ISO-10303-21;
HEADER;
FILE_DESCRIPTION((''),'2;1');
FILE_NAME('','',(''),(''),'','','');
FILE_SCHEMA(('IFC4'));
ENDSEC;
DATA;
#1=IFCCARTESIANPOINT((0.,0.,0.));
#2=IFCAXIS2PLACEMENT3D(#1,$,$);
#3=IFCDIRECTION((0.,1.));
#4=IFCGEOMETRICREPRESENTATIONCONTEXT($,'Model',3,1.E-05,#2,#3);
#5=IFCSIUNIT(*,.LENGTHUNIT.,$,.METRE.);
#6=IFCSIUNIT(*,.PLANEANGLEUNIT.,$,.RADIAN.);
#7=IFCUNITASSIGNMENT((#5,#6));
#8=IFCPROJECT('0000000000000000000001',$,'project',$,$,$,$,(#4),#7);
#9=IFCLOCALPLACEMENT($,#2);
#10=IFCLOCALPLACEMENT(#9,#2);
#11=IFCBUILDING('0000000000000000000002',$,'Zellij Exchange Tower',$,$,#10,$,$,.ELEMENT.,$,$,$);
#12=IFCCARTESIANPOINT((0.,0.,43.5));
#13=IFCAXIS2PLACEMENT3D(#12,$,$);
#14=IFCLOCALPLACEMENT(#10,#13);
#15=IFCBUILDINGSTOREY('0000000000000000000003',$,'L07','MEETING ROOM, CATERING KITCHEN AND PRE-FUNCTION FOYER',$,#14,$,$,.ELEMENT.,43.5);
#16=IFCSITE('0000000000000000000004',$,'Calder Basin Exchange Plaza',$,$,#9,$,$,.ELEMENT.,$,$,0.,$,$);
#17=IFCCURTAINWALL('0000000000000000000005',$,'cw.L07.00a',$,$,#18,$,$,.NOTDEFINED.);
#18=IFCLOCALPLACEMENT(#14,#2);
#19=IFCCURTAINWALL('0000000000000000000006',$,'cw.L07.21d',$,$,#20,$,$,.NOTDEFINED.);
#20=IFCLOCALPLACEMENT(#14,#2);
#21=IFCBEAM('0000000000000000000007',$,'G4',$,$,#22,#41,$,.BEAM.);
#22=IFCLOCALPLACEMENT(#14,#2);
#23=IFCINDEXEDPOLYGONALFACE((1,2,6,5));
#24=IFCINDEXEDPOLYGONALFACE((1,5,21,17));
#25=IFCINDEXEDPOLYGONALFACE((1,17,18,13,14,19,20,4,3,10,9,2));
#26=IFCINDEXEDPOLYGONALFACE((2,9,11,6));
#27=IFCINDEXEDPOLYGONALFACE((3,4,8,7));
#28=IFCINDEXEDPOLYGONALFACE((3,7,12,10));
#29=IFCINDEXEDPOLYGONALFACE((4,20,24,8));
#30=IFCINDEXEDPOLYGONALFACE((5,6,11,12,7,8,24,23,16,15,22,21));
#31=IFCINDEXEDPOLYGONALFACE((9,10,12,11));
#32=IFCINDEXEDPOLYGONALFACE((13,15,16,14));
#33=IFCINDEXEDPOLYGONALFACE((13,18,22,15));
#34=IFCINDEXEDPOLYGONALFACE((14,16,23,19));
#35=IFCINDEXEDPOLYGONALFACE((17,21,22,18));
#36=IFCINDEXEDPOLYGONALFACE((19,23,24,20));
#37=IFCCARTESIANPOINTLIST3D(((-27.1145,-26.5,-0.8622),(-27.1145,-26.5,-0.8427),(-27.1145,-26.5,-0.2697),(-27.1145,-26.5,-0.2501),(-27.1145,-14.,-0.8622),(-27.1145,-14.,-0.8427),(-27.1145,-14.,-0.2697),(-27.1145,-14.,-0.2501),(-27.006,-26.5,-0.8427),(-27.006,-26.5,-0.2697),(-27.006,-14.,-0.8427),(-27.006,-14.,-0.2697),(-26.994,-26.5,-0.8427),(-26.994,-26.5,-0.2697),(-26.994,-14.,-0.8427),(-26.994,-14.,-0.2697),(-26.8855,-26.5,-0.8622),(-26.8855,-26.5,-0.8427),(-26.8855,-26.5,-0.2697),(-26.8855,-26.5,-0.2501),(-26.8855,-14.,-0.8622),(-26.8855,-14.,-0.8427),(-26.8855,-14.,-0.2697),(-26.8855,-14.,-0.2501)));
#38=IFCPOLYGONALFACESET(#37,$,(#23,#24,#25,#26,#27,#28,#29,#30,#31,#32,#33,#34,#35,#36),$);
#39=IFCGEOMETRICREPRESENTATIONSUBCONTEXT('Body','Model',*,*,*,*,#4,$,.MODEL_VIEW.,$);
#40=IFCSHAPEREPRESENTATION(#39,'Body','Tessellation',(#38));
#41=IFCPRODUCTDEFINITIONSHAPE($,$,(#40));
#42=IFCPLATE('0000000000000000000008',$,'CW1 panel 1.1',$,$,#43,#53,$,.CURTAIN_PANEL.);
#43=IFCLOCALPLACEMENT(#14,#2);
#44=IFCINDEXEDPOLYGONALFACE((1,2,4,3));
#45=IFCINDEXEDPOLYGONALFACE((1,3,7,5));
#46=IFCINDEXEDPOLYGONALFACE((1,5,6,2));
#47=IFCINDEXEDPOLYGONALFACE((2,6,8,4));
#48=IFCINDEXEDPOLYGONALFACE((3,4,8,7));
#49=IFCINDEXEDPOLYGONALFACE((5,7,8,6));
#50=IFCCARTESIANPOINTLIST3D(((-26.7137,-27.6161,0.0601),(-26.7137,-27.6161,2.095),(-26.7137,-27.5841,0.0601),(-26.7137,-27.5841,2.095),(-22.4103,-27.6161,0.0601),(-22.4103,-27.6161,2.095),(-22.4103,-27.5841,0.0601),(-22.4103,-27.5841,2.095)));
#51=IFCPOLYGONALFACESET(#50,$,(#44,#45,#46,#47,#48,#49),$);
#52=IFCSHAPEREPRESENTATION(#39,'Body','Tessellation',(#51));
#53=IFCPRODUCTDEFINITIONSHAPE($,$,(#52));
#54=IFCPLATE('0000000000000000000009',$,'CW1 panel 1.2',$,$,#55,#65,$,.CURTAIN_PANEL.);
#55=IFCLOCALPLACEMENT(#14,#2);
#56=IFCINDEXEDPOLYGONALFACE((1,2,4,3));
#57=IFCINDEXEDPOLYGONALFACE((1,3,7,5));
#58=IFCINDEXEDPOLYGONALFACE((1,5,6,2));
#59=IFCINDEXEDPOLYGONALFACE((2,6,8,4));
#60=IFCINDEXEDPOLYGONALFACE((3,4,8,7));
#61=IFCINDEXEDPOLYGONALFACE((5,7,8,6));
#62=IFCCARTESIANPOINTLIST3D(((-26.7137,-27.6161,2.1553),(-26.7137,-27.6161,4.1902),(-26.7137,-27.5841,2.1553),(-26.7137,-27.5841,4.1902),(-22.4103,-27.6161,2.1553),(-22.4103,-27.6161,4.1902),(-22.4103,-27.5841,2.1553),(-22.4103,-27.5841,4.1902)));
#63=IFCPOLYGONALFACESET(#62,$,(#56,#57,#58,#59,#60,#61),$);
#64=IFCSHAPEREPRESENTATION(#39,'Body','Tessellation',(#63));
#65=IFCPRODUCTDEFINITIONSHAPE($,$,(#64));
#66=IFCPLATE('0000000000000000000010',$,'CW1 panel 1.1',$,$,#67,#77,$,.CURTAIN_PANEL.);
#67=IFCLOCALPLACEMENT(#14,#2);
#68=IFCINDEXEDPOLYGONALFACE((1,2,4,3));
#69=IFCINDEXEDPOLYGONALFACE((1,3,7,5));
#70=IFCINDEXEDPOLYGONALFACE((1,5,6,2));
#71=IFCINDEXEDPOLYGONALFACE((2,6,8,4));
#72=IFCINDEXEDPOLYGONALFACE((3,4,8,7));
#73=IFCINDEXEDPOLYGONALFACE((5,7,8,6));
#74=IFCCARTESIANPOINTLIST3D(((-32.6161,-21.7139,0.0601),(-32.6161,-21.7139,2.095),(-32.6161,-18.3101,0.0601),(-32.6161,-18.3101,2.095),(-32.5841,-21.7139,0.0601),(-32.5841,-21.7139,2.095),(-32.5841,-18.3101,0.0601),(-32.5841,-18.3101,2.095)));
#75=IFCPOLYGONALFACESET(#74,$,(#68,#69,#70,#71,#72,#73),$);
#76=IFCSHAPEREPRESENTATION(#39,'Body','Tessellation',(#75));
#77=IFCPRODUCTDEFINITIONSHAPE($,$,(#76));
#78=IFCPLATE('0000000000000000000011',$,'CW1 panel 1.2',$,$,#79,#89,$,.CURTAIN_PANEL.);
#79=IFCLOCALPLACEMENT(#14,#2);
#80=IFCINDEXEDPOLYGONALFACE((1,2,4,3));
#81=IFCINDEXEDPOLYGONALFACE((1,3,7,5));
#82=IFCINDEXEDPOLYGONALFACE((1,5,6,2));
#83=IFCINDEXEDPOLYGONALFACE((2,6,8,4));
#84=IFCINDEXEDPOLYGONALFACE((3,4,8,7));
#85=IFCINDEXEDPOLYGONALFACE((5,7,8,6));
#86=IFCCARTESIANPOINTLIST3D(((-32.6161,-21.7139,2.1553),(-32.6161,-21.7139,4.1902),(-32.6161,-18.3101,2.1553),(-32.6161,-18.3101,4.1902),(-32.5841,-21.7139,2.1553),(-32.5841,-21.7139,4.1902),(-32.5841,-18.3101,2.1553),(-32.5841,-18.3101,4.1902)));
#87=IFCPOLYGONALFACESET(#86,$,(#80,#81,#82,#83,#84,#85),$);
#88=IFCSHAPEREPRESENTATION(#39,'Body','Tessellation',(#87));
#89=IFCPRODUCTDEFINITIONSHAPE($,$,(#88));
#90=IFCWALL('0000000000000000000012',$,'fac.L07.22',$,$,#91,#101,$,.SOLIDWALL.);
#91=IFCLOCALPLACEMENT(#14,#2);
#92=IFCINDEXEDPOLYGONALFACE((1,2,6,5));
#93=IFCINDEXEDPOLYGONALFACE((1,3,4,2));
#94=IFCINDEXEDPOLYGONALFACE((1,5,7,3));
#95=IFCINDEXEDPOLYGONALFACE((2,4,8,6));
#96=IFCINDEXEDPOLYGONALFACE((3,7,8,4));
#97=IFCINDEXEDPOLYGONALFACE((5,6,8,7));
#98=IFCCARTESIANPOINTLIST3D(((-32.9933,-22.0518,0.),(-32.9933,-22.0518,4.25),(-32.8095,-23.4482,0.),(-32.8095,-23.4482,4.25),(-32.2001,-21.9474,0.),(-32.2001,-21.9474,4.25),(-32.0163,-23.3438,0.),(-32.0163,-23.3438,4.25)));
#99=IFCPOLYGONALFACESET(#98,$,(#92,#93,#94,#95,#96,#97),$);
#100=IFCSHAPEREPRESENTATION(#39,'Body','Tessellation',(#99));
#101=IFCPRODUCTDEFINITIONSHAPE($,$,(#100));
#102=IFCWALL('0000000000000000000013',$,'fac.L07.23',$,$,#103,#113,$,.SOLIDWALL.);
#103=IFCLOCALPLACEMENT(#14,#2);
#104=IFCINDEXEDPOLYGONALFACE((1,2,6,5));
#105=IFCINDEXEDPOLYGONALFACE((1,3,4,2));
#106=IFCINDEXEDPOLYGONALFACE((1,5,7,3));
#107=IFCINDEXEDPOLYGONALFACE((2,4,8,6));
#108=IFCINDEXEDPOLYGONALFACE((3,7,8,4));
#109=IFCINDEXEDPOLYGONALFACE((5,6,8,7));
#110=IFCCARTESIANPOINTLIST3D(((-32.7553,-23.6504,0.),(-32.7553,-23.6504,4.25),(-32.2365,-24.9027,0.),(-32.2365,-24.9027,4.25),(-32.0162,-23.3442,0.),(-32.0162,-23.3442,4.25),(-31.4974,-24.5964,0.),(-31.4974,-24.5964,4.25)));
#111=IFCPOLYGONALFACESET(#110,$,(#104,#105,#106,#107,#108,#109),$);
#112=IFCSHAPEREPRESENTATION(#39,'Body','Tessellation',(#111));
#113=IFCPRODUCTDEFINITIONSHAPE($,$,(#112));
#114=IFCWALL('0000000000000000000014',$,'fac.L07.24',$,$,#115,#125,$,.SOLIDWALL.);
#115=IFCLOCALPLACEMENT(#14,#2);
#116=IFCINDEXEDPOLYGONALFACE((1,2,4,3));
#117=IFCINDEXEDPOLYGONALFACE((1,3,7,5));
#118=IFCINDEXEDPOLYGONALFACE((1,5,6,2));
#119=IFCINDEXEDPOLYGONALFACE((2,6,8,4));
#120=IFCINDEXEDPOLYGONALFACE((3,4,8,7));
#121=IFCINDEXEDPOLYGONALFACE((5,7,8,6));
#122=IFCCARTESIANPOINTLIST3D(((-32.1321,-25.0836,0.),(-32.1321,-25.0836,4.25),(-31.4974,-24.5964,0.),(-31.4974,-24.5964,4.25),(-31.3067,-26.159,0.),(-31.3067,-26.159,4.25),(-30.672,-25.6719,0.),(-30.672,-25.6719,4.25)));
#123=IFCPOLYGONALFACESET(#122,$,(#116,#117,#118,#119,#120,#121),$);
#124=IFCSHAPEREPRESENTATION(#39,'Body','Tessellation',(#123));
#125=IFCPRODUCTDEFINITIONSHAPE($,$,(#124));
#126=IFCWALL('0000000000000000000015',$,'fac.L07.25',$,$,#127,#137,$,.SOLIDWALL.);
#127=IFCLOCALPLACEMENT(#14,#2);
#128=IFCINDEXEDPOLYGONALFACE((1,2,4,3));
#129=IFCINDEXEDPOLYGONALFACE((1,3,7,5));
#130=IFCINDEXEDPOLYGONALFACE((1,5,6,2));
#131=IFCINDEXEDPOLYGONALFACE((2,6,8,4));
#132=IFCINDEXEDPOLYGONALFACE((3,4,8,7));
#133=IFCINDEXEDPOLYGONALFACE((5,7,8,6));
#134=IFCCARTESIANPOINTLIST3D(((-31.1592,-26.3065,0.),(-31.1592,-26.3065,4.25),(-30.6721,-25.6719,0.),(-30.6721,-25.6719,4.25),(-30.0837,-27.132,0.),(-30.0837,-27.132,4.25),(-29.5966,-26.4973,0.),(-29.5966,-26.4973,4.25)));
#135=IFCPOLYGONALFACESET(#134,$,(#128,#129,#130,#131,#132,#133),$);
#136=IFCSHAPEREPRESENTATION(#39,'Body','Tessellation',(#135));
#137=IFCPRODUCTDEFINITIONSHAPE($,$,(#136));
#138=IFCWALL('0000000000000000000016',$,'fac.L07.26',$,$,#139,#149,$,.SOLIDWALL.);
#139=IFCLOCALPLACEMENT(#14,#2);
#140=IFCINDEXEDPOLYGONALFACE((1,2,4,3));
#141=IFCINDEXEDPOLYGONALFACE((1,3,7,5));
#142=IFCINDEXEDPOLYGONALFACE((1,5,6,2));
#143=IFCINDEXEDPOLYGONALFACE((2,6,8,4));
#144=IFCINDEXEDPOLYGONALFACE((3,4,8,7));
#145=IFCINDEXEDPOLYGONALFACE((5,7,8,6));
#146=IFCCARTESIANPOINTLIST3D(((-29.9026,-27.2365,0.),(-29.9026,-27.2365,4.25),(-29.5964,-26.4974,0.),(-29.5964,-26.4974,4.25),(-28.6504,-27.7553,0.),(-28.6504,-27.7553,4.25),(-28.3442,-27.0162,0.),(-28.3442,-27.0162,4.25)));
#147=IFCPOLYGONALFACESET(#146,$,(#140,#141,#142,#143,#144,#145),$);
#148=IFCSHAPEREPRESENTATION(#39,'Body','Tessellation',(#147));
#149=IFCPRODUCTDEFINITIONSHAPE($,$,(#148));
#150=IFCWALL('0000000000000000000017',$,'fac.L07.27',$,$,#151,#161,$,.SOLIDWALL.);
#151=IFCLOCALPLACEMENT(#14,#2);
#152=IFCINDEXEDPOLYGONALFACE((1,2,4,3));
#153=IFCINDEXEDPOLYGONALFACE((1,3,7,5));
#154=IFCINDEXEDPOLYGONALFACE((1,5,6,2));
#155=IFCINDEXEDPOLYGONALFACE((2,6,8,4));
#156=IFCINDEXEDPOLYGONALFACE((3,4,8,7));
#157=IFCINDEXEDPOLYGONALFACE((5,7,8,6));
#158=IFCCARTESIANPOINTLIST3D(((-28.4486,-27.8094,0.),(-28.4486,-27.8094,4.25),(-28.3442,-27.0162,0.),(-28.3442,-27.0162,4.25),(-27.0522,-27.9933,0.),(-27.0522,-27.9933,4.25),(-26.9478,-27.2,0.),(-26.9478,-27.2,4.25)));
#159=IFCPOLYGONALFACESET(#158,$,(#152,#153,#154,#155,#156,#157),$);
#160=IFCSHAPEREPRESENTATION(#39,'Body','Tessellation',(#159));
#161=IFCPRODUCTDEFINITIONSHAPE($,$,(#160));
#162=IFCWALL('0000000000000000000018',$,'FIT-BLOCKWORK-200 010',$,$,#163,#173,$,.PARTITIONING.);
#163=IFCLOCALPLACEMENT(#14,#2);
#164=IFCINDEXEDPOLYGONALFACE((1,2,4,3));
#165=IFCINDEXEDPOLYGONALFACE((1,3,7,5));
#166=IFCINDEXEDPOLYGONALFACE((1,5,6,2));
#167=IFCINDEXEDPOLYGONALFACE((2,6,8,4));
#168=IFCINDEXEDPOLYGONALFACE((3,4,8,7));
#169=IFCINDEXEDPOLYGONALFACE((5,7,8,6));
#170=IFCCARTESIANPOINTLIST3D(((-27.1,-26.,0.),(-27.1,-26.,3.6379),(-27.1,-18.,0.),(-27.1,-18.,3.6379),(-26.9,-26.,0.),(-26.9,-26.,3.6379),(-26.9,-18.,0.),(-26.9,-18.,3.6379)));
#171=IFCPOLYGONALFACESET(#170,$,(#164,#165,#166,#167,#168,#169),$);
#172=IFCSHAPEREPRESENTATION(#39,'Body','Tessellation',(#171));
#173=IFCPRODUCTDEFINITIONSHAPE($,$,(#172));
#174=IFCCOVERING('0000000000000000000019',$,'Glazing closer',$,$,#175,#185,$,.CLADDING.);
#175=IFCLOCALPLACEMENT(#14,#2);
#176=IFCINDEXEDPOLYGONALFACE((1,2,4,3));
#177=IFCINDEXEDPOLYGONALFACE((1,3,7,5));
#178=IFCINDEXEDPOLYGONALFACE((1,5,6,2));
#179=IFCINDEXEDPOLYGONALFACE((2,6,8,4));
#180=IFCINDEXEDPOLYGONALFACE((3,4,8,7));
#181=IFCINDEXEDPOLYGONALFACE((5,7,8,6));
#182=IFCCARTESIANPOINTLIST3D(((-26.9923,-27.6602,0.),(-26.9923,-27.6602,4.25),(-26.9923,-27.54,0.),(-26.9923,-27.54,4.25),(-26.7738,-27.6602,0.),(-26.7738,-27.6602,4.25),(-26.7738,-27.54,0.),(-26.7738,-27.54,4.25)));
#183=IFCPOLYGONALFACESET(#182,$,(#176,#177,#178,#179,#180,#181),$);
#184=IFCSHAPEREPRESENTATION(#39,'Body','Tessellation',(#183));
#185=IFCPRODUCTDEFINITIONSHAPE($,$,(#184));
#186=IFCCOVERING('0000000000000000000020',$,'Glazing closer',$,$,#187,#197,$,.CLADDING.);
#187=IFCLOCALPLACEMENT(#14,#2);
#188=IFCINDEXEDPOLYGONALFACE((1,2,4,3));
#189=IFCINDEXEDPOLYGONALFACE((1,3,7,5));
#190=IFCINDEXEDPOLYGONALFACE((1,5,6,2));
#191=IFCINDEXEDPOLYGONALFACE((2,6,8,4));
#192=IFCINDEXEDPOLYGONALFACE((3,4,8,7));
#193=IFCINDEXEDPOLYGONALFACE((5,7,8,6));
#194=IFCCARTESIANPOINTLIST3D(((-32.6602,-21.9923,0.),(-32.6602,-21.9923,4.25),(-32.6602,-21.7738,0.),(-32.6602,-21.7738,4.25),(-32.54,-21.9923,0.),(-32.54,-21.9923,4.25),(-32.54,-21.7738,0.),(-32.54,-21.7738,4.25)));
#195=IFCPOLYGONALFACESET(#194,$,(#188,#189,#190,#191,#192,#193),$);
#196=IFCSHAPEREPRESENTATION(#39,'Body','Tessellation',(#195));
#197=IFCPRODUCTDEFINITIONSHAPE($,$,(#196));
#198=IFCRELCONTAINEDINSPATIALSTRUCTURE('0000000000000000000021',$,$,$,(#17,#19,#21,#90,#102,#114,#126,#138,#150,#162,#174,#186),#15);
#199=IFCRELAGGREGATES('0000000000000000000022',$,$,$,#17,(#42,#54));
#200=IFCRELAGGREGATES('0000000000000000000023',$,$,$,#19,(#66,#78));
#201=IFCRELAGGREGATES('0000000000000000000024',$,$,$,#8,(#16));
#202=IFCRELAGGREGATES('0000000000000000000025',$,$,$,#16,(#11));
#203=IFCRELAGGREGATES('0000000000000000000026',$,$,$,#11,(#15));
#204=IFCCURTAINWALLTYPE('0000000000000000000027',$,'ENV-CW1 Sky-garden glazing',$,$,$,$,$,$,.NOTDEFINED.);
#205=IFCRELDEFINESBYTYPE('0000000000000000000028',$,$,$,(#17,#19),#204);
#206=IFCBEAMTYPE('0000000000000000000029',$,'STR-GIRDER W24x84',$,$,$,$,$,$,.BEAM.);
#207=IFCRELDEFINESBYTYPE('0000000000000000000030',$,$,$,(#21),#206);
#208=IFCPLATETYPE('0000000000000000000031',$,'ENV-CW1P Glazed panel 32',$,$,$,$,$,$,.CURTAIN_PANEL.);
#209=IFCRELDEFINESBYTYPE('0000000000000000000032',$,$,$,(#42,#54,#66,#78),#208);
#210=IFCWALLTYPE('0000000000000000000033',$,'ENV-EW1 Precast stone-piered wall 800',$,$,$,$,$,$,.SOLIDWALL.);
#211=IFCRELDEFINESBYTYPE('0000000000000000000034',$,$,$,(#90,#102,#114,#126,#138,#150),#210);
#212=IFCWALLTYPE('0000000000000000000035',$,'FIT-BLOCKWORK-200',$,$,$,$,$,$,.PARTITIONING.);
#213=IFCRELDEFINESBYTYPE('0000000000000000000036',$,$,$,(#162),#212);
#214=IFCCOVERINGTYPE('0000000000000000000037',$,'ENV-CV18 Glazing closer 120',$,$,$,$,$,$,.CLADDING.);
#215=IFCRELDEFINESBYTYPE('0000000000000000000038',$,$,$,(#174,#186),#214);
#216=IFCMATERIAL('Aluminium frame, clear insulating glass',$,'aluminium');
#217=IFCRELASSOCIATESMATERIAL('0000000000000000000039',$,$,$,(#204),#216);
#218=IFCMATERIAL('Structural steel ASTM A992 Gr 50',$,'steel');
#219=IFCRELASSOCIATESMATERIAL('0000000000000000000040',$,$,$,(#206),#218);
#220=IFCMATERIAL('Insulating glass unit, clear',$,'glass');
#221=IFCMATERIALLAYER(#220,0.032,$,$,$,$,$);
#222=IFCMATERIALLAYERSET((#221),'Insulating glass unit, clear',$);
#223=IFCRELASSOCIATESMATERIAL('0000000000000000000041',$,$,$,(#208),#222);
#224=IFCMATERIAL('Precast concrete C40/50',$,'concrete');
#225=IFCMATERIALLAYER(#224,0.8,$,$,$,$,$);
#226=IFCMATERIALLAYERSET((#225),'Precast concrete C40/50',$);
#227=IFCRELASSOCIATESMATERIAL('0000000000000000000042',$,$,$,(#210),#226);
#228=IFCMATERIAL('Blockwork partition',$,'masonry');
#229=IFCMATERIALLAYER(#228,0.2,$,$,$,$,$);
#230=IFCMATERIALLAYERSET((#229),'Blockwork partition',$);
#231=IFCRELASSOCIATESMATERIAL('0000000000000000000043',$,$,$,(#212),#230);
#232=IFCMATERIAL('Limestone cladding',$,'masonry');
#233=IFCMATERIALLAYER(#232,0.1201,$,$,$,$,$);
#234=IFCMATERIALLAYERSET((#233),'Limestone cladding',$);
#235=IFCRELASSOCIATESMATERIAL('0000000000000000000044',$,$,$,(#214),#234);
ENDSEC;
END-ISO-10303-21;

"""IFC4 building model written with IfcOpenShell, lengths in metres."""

from ifc_helpers import new_model, si_unit, direction, frame, frame_2d, origin, origin_2d, place, context, subcontext, project, spatial, rectangle, i_section, extrude, material, layer, layer_set, material_profile, profile_set, type_object, element, aggregate, save


model = new_model("IFC4")

# Units and contexts
model_context = context("Model", 3, precision=1e-05, world=origin(), true_north=direction((0.0, 1.0)))
body_context = subcontext(model_context, "Body", "Model", "MODEL_VIEW")
ifc_project = project(units=[si_unit("LENGTHUNIT", "METRE"), si_unit("PLANEANGLEUNIT", "RADIAN")], contexts=[model_context])

# Site, building, storey
site_placement = place(None, origin())
site = spatial("IfcSite", under=ifc_project, at=site_placement, Name="Calder Basin Exchange Plaza", CompositionType="ELEMENT", RefElevation=0.0)
building_placement = place(site_placement, origin())
building = spatial("IfcBuilding", under=site, at=building_placement, Name="Zellij Exchange Tower", CompositionType="ELEMENT")
storey_placement = place(building_placement, frame((0.0, 0.0, 43.5)))
storey = spatial("IfcBuildingStorey", under=building, at=storey_placement, Name="L07", Description="MEETING ROOM, CATERING KITCHEN AND PRE-FUNCTION FOYER", CompositionType="ELEMENT", Elevation=43.5)

# Curtain wall
ifc_material_1 = material(Name="Aluminium frame, clear insulating glass", Category="aluminium")
curtain_wall_type = type_object("IfcCurtainWallType", Name="ENV-CW1 Sky-garden glazing", PredefinedType="NOTDEFINED", material=ifc_material_1)
curtain_wall_1_placement = place(storey_placement, origin())
curtain_wall_1 = element("IfcCurtainWall", 1, at=curtain_wall_1_placement, inside=storey, type_object=curtain_wall_type, Name="cw.L07.00a", PredefinedType="NOTDEFINED")

# Curtain wall
curtain_wall_2_placement = place(storey_placement, origin())
curtain_wall_2 = element("IfcCurtainWall", 2, at=curtain_wall_2_placement, inside=storey, type_object=curtain_wall_type, Name="cw.L07.21d", PredefinedType="NOTDEFINED")

# Beam
ifc_material_2 = material(Name="Structural steel ASTM A992 Gr 50", Category="steel")
ifc_material_profile_1 = material_profile(ifc_material_2, i_section(OverallWidth=0.229, OverallDepth=0.6121, WebThickness=0.012, FlangeThickness=0.0195, at=origin_2d()), Name="W24x84")
ifc_profile_set_1 = profile_set([ifc_material_profile_1], Name="Structural steel ASTM A992 Gr 50")
beam_type_1 = type_object("IfcBeamType", Name="STR-GIRDER W24x84", PredefinedType="BEAM", material=ifc_profile_set_1)
beam_1_placement = place(storey_placement, frame((-27.0, -26.5, -0.5562), z_axis=(0.0, 1.0, 0.0), x_axis=(-1.0, 0.0, 0.0)))
element("IfcBeam", 3, at=beam_1_placement, inside=storey, type_object=beam_type_1, Name="G4", PredefinedType="BEAM", context=body_context, shape_type="SweptSolid", body=[
    extrude(i_section(OverallWidth=0.229, OverallDepth=0.6121, WebThickness=0.012, FlangeThickness=0.0195, at=origin_2d()), origin(), (0.0, 0.0, 1.0), 12.5),
])

# Plates
ifc_material_3 = material(Name="Insulating glass unit, clear", Category="glass")
ifc_layer_1 = layer(ifc_material_3, 0.032)
ifc_layer_set_1 = layer_set([ifc_layer_1], Name="Insulating glass unit, clear")
plate_type = type_object("IfcPlateType", Name="ENV-CW1P Glazed panel 32", PredefinedType="CURTAIN_PANEL", material=ifc_layer_set_1)
plate_1_placement = place(storey_placement, frame((-24.562, -27.6001, 0.0601), z_axis=(0.0, 0.0, 1.0), x_axis=(1.0, 0.0, 0.0)))
plate_1 = element("IfcPlate", 4, at=plate_1_placement, type_object=plate_type, Name="CW1 panel 1.1", PredefinedType="CURTAIN_PANEL", context=body_context, shape_type="SweptSolid", body=[
    extrude(rectangle(XDim=4.3035, YDim=0.032, at=origin_2d()), origin(), (0.0, 0.0, 1.0), 2.0349),
])
plate_2_placement = place(storey_placement, frame((-24.562, -27.6001, 2.1553), z_axis=(0.0, 0.0, 1.0), x_axis=(1.0, 0.0, 0.0)))
plate_2 = element("IfcPlate", 5, at=plate_2_placement, type_object=plate_type, Name="CW1 panel 1.2", PredefinedType="CURTAIN_PANEL", context=body_context, shape_type="SweptSolid", body=[
    extrude(rectangle(XDim=4.3035, YDim=0.032, at=origin_2d()), origin(), (0.0, 0.0, 1.0), 2.0349),
])
aggregate(curtain_wall_1, [plate_1, plate_2])
plate_3_placement = place(storey_placement, frame((-32.6001, -20.012, 0.0601), z_axis=(0.0, 0.0, 1.0), x_axis=(0.0, -1.0, 0.0)))
plate_3 = element("IfcPlate", 6, at=plate_3_placement, type_object=plate_type, Name="CW1 panel 1.1", PredefinedType="CURTAIN_PANEL", context=body_context, shape_type="SweptSolid", body=[
    extrude(rectangle(XDim=3.4038, YDim=0.032, at=origin_2d()), origin(), (0.0, 0.0, 1.0), 2.0349),
])
plate_4_placement = place(storey_placement, frame((-32.6001, -20.012, 2.1553), z_axis=(0.0, 0.0, 1.0), x_axis=(0.0, -1.0, 0.0)))
plate_4 = element("IfcPlate", 7, at=plate_4_placement, type_object=plate_type, Name="CW1 panel 1.2", PredefinedType="CURTAIN_PANEL", context=body_context, shape_type="SweptSolid", body=[
    extrude(rectangle(XDim=3.4038, YDim=0.032, at=origin_2d()), origin(), (0.0, 0.0, 1.0), 2.0349),
])
aggregate(curtain_wall_2, [plate_3, plate_4])

# Walls
ifc_material_4 = material(Name="Precast concrete C40/50", Category="concrete")
ifc_layer_2 = layer(ifc_material_4, 0.8)
ifc_layer_set_2 = layer_set([ifc_layer_2], Name="Precast concrete C40/50")
wall_type_1 = type_object("IfcWallType", Name="ENV-EW1 Precast stone-piered wall 800", PredefinedType="SOLIDWALL", material=ifc_layer_set_2)
wall_1_placement = place(storey_placement, frame((-32.5967, -21.9998, 0.0), z_axis=(0.0, 0.0, 1.0), x_axis=(0.130517, -0.991446, 0.0)))
element("IfcWall", 8, at=wall_1_placement, inside=storey, type_object=wall_type_1, Name="fac.L07.22", PredefinedType="SOLIDWALL", context=body_context, shape_type="SweptSolid", body=[
    extrude(rectangle(XDim=1.4084, YDim=0.8, at=frame_2d((0.7041, 0.0))), origin(), (0.0, 0.0, 1.0), 4.25),
])
wall_2_placement = place(storey_placement, frame((-32.3857, -23.4973, 0.0), z_axis=(0.0, 0.0, 1.0), x_axis=(0.38276, -0.923848, 0.0)))
element("IfcWall", 9, at=wall_2_placement, inside=storey, type_object=wall_type_1, Name="fac.L07.23", PredefinedType="SOLIDWALL", context=body_context, shape_type="SweptSolid", body=[
    extrude(rectangle(XDim=1.3555, YDim=0.8, at=frame_2d((0.6777, 0.0))), origin(), (0.0, 0.0, 1.0), 4.25),
])
for number, where, z_axis, x_axis, name in (
    (10, (-31.8147, -24.8401, 0.0), (0.0, 0.0, 1.0), (0.608866, -0.793273, 0.0), "fac.L07.24"),
    (11, (-30.9155, -25.9893, 0.0), (0.0, 0.0, 1.0), (0.793273, -0.608866, 0.0), "fac.L07.25"),
):
    element("IfcWall", number, at=place(storey_placement, frame(where, z_axis=z_axis, x_axis=x_axis)), inside=storey, type_object=wall_type_1, Name=name, PredefinedType="SOLIDWALL", context=body_context, shape_type="SweptSolid", body=[
        extrude(rectangle(XDim=1.3557, YDim=0.8, at=frame_2d((0.6777, 0.0))), origin(), (0.0, 0.0, 1.0), 4.25),
    ])
wall_3_placement = place(storey_placement, frame((-29.7495, -26.8669, 0.0), z_axis=(0.0, 0.0, 1.0), x_axis=(0.923848, -0.38276, 0.0)))
element("IfcWall", 12, at=wall_3_placement, inside=storey, type_object=wall_type_1, Name="fac.L07.26", PredefinedType="SOLIDWALL", context=body_context, shape_type="SweptSolid", body=[
    extrude(rectangle(XDim=1.3555, YDim=0.8, at=frame_2d((0.6777, 0.0))), origin(), (0.0, 0.0, 1.0), 4.25),
])
wall_4_placement = place(storey_placement, frame((-28.3962, -27.4128, 0.0), z_axis=(0.0, 0.0, 1.0), x_axis=(0.991446, -0.130517, 0.0)))
element("IfcWall", 13, at=wall_4_placement, inside=storey, type_object=wall_type_1, Name="fac.L07.27", PredefinedType="SOLIDWALL", context=body_context, shape_type="SweptSolid", body=[
    extrude(rectangle(XDim=1.4084, YDim=0.8, at=frame_2d((0.7041, 0.0))), origin(), (0.0, 0.0, 1.0), 4.25),
])
ifc_material_5 = material(Name="Blockwork partition", Category="masonry")
ifc_layer_3 = layer(ifc_material_5, 0.2)
ifc_layer_set_3 = layer_set([ifc_layer_3], Name="Blockwork partition")
wall_type_2 = type_object("IfcWallType", Name="FIT-BLOCKWORK-200", PredefinedType="PARTITIONING", material=ifc_layer_set_3)
wall_5_placement = place(storey_placement, frame((-27.0, -26.0, 0.0), z_axis=(0.0, 0.0, 1.0), x_axis=(0.0, 1.0, 0.0)))
element("IfcWall", 14, at=wall_5_placement, inside=storey, type_object=wall_type_2, Name="FIT-BLOCKWORK-200 010", PredefinedType="PARTITIONING", context=body_context, shape_type="SweptSolid", body=[
    extrude(rectangle(XDim=8.0, YDim=0.2, at=frame_2d((4.0, 0.0))), origin(), (0.0, 0.0, 1.0), 3.6379),
])

# Coverings
ifc_material_6 = material(Name="Limestone cladding", Category="masonry")
ifc_layer_4 = layer(ifc_material_6, 0.1201)
ifc_layer_set_4 = layer_set([ifc_layer_4], Name="Limestone cladding")
covering_type_1 = type_object("IfcCoveringType", Name="ENV-CV18 Glazing closer 120", PredefinedType="CLADDING", material=ifc_layer_set_4)
for number, where, z_axis, x_axis, name in (
    (15, (-26.8831, -27.6001, 0.0), (0.0, 0.0, 1.0), (-1.0, 0.0, 0.0), "Glazing closer"),
    (16, (-32.6001, -21.8831, 0.0), (0.0, 0.0, 1.0), (0.0, -1.0, 0.0), "Glazing closer"),
):
    element("IfcCovering", number, at=place(storey_placement, frame(where, z_axis=z_axis, x_axis=x_axis)), inside=storey, type_object=covering_type_1, Name=name, PredefinedType="CLADDING", context=body_context, shape_type="SweptSolid", body=[
        extrude(rectangle(XDim=0.2185, YDim=0.1201, at=origin_2d()), origin(), (0.0, 0.0, 1.0), 4.25),
    ])

save(model, "model.ifc")
